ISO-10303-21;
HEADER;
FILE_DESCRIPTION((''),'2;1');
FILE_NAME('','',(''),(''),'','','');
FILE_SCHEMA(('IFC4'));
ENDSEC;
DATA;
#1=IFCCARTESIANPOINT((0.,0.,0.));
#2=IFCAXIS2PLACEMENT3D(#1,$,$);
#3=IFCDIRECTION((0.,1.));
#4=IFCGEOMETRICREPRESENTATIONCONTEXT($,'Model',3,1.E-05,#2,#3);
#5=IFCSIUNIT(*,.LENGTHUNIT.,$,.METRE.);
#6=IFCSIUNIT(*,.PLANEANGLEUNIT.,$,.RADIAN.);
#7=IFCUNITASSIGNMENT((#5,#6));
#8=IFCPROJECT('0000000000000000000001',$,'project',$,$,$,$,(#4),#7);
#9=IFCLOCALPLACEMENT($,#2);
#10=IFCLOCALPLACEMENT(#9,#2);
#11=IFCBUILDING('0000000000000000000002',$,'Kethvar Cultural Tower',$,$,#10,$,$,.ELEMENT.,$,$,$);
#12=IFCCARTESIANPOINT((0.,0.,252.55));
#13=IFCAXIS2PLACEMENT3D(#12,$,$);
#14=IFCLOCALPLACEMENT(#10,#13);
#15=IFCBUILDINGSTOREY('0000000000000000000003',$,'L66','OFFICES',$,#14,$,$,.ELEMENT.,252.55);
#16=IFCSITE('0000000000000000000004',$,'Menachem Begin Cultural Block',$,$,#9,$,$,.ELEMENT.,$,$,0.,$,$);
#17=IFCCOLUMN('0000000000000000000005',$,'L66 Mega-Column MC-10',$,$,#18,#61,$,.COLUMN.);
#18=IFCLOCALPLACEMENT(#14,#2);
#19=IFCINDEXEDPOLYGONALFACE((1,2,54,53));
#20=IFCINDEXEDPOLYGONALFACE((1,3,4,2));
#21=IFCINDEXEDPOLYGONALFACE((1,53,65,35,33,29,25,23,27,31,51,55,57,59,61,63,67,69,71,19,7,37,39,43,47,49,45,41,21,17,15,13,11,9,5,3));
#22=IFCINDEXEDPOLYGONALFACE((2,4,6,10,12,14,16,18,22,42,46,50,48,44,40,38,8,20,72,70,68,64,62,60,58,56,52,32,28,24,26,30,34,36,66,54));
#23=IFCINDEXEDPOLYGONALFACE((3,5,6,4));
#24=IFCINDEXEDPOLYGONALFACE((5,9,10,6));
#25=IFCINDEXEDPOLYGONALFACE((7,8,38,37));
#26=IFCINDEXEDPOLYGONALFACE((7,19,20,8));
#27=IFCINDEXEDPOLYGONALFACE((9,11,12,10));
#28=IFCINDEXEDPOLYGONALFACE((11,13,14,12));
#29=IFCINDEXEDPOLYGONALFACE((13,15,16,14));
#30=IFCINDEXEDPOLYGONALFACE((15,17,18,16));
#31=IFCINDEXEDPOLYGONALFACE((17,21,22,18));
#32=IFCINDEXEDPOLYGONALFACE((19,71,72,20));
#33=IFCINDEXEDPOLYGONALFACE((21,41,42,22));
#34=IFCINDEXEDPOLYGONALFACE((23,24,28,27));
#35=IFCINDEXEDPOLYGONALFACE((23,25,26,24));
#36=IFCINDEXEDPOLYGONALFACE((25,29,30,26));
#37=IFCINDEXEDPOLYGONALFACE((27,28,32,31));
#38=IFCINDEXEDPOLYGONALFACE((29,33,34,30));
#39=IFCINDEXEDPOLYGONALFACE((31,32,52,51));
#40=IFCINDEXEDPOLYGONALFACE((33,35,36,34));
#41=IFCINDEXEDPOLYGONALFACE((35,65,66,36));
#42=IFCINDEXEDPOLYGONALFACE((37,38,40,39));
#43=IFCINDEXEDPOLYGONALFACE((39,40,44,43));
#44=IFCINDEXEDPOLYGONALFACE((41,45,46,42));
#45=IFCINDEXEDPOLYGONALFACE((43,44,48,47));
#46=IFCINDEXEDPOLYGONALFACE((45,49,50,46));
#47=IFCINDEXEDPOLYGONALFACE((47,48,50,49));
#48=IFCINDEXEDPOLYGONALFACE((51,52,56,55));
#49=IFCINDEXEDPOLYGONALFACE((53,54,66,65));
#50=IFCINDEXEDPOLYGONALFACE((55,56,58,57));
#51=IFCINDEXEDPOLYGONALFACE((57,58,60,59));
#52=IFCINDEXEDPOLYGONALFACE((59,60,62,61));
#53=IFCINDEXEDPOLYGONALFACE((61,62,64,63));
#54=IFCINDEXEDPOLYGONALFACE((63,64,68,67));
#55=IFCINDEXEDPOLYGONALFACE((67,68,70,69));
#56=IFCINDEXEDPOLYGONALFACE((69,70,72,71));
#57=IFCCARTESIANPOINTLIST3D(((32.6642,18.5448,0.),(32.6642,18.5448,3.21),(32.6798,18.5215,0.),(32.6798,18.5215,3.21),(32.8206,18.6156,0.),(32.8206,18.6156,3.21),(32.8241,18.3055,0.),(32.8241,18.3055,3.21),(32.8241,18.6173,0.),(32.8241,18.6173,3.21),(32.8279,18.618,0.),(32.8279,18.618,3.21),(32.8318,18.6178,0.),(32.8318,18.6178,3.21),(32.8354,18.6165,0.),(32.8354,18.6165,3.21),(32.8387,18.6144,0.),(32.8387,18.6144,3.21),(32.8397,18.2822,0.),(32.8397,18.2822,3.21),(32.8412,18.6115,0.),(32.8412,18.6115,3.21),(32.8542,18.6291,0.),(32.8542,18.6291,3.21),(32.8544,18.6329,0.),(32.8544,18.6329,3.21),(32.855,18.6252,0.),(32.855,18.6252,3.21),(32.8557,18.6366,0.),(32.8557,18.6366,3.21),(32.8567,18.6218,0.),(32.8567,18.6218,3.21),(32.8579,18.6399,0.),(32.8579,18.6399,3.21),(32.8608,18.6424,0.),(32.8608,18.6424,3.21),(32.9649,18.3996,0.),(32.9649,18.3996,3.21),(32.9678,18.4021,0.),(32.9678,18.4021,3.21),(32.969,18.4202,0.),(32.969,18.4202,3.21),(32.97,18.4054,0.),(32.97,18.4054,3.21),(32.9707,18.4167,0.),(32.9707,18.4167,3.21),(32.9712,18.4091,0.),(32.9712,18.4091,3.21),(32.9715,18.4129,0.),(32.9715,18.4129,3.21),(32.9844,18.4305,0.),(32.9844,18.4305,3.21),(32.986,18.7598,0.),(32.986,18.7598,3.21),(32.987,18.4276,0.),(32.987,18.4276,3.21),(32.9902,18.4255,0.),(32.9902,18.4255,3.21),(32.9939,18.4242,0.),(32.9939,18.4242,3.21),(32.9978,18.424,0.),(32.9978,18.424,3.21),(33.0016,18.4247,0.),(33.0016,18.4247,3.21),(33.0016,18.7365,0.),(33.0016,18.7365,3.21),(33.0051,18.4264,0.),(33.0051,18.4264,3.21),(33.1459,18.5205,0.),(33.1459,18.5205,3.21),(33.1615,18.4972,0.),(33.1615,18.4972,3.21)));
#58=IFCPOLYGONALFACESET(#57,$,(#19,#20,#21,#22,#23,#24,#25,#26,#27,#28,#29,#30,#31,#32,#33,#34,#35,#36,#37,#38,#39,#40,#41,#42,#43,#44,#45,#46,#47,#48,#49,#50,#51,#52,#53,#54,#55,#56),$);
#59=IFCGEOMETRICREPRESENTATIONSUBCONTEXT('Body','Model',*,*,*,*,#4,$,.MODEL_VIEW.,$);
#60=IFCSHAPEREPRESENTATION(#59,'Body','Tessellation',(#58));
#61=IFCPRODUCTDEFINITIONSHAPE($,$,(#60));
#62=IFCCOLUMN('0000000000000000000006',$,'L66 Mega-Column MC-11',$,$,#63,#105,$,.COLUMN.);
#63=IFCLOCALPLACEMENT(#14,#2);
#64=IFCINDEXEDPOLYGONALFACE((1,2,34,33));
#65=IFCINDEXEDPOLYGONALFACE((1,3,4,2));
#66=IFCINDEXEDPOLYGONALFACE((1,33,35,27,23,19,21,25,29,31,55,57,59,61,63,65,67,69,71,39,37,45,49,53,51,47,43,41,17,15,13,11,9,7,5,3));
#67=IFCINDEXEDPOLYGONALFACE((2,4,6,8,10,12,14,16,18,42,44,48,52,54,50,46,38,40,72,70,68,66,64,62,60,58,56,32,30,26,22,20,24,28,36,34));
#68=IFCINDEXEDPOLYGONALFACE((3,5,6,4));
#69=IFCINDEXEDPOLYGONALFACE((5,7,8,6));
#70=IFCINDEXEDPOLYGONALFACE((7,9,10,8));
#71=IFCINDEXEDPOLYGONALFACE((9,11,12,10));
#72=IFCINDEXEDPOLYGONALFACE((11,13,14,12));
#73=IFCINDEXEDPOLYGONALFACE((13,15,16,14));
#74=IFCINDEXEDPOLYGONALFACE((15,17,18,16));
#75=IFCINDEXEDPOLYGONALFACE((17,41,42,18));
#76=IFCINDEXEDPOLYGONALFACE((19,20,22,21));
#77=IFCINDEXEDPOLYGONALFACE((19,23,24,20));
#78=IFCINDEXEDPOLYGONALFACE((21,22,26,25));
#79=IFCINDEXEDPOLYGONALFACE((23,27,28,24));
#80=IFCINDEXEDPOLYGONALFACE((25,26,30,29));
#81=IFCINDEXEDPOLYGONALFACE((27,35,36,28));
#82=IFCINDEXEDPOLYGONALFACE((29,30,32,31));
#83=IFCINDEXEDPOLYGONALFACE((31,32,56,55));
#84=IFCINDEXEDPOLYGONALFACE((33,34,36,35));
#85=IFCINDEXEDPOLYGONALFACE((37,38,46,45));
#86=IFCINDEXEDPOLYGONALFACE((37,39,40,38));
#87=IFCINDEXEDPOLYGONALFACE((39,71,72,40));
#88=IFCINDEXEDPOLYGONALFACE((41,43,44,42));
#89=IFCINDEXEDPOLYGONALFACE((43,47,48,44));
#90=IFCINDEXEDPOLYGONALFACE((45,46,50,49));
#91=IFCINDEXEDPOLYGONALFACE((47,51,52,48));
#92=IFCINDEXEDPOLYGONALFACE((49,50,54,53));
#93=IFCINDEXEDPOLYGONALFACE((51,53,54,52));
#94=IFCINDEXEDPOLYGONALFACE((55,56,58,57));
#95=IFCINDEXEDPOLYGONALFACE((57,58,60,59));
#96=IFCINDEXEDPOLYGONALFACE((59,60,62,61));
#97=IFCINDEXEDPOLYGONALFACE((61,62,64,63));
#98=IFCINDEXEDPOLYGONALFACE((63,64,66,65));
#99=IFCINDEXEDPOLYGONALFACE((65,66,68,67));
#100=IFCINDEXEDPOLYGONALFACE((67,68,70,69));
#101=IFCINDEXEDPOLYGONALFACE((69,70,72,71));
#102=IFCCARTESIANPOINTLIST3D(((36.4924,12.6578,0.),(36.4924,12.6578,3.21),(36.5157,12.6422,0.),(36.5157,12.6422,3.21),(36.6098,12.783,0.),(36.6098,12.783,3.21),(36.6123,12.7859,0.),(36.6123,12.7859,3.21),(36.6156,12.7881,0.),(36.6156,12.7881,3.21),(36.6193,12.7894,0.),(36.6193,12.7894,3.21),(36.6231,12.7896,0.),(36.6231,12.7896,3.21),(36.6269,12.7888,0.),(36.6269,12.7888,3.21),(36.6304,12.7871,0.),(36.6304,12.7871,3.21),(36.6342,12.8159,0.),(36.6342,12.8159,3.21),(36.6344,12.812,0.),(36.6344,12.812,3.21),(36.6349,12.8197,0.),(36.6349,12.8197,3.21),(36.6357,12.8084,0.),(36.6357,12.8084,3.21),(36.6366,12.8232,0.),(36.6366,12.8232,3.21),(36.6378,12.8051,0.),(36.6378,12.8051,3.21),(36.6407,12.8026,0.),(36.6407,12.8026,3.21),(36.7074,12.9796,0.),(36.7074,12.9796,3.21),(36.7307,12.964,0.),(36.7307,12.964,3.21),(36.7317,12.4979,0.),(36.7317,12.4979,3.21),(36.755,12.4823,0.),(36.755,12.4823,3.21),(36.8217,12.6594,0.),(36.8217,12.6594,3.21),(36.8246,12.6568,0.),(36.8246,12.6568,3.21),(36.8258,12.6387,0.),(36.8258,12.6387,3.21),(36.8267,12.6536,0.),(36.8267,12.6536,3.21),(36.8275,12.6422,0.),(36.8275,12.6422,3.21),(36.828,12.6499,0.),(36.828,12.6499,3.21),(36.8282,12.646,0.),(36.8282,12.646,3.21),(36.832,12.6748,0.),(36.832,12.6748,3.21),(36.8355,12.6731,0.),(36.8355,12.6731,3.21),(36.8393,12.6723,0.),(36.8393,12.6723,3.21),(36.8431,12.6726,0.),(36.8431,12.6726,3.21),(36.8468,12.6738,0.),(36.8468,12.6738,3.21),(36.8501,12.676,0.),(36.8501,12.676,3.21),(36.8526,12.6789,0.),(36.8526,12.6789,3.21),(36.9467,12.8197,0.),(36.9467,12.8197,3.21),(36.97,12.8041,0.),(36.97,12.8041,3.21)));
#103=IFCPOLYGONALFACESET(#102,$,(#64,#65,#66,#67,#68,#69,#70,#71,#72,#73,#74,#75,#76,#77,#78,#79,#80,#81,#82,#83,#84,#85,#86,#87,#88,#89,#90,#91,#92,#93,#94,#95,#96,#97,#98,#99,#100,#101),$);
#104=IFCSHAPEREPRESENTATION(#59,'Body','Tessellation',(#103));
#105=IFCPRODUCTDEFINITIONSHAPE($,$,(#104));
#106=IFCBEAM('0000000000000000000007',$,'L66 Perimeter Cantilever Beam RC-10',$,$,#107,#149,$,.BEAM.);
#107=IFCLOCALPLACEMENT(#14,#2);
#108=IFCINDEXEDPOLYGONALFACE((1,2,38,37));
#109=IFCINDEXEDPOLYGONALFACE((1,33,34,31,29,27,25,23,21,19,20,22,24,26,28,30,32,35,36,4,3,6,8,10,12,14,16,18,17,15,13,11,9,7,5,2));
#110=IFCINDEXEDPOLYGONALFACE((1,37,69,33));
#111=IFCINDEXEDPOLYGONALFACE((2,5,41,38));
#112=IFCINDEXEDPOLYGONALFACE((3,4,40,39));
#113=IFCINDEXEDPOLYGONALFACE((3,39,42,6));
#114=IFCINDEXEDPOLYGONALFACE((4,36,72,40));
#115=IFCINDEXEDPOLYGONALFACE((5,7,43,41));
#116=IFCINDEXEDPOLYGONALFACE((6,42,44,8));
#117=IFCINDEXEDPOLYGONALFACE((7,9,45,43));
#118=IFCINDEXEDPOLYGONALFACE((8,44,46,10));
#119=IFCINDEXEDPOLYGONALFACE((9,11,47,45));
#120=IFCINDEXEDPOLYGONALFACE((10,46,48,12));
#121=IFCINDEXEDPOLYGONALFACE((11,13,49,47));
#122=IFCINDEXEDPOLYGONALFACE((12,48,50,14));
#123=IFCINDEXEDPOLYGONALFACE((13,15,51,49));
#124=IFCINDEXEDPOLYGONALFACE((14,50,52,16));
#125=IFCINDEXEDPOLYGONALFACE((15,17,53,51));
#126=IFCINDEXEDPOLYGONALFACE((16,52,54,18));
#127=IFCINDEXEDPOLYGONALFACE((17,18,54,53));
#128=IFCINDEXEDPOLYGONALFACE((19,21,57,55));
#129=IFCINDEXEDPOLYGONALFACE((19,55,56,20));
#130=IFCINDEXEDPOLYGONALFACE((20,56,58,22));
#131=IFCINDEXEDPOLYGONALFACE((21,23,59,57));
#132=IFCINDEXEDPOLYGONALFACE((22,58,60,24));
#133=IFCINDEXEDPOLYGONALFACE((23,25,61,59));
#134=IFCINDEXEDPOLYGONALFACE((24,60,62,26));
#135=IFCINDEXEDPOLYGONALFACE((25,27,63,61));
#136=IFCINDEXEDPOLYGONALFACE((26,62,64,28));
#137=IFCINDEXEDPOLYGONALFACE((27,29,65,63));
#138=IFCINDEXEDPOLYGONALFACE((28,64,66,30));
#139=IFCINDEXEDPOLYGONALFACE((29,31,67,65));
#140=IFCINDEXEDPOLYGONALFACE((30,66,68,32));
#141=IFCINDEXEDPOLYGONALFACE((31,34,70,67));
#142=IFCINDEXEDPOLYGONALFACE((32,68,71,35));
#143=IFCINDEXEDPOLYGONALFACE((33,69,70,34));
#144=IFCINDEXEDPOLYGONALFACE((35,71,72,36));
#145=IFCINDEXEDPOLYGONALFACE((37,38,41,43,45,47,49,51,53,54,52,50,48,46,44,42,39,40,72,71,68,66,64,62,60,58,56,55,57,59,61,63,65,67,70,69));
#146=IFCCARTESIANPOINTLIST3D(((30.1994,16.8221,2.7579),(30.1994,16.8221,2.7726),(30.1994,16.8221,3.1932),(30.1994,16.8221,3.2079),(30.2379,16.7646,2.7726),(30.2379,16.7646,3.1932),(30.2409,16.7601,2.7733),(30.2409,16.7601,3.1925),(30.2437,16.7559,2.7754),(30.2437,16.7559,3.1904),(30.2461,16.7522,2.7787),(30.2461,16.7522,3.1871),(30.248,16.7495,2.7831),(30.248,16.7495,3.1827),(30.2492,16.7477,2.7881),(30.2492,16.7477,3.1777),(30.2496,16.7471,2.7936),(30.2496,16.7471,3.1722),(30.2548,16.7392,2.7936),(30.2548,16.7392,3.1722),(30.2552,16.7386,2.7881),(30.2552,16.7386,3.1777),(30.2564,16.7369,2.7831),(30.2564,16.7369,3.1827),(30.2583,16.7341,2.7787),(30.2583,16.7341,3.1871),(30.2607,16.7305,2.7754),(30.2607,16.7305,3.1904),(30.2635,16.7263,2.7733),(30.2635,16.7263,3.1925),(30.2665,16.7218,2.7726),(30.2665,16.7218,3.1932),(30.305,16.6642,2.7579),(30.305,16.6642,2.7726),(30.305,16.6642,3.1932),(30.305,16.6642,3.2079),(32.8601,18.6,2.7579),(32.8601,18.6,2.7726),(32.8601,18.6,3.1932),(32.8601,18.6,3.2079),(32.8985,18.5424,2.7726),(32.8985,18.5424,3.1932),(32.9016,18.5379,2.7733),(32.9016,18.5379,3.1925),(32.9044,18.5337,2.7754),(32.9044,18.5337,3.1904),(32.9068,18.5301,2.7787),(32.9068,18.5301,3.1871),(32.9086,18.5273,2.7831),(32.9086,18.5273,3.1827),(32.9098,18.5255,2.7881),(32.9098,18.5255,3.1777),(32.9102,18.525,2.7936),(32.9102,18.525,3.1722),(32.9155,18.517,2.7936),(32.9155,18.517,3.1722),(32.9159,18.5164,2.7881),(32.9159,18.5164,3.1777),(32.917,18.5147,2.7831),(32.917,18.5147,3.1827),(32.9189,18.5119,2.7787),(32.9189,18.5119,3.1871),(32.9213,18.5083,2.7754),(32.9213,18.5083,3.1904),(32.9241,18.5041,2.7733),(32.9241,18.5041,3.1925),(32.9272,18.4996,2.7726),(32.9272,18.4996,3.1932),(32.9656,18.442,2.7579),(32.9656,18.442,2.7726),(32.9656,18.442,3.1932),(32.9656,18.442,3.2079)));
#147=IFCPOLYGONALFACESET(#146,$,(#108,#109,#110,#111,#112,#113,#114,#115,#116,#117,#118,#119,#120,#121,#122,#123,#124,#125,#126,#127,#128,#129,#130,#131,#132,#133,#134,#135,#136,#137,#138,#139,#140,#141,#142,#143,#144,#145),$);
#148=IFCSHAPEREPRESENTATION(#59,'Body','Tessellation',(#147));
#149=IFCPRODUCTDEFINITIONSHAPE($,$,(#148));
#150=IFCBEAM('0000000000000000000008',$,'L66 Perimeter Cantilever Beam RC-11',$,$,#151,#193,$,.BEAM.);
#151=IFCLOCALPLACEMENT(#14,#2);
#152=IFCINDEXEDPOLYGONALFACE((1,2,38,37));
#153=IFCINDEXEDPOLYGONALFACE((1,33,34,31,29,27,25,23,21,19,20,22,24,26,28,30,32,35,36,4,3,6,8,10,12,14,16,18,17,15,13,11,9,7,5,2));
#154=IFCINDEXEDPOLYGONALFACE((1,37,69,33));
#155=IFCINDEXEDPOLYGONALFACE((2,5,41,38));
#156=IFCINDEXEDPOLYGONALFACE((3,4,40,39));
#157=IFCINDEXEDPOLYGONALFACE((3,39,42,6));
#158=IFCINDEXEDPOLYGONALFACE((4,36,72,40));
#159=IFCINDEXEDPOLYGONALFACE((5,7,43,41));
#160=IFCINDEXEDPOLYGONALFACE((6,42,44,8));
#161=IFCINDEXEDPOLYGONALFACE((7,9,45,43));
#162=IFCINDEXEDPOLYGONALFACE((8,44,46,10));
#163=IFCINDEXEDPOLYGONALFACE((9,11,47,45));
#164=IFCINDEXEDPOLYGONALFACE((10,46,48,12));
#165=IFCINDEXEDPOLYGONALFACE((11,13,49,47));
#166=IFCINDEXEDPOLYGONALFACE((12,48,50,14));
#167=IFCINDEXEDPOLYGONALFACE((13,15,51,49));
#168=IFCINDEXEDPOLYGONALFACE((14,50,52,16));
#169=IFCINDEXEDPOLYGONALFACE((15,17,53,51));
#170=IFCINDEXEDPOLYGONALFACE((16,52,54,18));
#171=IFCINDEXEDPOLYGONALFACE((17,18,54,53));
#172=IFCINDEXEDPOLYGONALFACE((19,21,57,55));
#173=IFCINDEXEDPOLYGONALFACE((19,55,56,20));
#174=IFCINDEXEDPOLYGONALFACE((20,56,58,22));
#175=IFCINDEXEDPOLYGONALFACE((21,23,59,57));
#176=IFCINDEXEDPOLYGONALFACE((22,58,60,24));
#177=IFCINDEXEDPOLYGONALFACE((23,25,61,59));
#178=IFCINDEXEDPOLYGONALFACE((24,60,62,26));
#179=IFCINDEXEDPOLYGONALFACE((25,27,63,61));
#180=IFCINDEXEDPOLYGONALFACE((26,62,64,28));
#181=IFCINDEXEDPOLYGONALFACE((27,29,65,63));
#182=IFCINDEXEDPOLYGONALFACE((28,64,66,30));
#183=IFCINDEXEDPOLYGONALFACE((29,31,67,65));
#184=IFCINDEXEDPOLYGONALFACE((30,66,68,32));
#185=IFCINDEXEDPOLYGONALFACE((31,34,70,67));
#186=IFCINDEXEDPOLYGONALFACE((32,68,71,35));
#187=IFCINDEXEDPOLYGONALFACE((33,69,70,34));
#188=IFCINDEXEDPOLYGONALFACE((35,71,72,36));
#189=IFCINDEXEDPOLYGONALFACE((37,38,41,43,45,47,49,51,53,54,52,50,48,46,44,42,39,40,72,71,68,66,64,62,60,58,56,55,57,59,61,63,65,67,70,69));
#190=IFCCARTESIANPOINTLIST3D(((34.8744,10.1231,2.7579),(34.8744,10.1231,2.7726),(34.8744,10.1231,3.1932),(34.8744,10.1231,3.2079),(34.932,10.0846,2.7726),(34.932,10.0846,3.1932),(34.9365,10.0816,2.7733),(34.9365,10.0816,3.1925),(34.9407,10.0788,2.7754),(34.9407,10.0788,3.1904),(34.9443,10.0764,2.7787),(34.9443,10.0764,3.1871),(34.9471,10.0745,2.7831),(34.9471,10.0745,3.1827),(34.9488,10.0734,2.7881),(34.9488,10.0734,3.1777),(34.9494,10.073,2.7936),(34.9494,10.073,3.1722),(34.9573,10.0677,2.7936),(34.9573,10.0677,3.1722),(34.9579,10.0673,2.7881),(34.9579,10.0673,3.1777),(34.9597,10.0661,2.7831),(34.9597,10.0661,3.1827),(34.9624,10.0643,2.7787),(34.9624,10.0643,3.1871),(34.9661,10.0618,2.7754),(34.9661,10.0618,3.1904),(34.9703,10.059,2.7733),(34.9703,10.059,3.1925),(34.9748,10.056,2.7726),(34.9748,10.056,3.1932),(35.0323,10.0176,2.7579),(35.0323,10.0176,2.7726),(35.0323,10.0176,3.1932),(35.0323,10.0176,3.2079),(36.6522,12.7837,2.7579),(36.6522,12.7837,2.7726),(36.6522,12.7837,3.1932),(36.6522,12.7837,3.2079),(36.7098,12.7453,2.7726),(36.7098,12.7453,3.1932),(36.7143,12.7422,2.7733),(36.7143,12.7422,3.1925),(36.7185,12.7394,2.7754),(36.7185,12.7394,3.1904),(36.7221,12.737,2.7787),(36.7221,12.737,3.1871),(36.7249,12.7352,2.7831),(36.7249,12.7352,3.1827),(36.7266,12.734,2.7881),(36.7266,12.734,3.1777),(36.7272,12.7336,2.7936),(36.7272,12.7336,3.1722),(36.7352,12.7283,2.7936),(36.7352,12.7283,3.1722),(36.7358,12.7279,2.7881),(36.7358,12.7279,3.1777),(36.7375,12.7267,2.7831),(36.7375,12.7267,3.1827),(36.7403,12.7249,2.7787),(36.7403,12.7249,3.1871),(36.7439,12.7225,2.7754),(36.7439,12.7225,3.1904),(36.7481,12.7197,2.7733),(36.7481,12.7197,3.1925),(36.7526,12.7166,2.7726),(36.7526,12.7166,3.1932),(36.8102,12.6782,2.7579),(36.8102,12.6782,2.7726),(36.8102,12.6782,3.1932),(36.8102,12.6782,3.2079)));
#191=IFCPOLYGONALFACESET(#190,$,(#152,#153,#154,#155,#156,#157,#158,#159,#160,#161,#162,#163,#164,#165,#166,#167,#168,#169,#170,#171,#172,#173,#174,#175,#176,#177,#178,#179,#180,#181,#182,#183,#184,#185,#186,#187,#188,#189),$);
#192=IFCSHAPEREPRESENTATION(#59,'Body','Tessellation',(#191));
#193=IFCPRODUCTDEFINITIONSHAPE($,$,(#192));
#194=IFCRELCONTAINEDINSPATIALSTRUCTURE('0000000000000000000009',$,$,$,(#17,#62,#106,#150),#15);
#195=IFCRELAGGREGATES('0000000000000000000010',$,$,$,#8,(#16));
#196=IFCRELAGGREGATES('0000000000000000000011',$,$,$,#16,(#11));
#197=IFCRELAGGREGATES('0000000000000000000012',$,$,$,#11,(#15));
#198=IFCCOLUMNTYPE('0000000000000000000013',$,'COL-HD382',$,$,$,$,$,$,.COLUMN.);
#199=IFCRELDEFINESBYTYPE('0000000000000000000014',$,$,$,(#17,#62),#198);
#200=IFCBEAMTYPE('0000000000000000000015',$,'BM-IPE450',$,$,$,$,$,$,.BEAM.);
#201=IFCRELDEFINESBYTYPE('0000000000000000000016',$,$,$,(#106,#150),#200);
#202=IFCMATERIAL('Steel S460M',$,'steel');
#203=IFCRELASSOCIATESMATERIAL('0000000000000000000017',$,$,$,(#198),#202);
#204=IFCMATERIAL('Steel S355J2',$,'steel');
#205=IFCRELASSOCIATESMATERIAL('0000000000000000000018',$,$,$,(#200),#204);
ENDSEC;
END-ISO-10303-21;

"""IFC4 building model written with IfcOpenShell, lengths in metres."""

from ifc_helpers import new_model, si_unit, direction, frame, origin, origin_2d, place, context, subcontext, project, spatial, i_section, extrude, source, transform, mapped, material, material_profile, profile_set, type_object, element, save


model = new_model("IFC4")

# Units and contexts
model_context = context("Model", 3, precision=1e-05, world=origin(), true_north=direction((0.0, 1.0)))
body_context = subcontext(model_context, "Body", "Model", "MODEL_VIEW")
ifc_project = project(units=[si_unit("LENGTHUNIT", "METRE"), si_unit("PLANEANGLEUNIT", "RADIAN")], contexts=[model_context])

# Site, building, storey
site_placement = place(None, origin())
site = spatial("IfcSite", under=ifc_project, at=site_placement, Name="Menachem Begin Cultural Block", CompositionType="ELEMENT", RefElevation=0.0)
building_placement = place(site_placement, origin())
building = spatial("IfcBuilding", under=site, at=building_placement, Name="Kethvar Cultural Tower", CompositionType="ELEMENT")
storey_placement = place(building_placement, frame((0.0, 0.0, 252.55)))
storey = spatial("IfcBuildingStorey", under=building, at=storey_placement, Name="L66", Description="OFFICES", CompositionType="ELEMENT", Elevation=252.55)

# Columns
ifc_material_1 = material(Name="Steel S460M", Category="steel")
ifc_material_profile_1 = material_profile(ifc_material_1, i_section(OverallWidth=0.387, OverallDepth=0.3159, WebThickness=0.0186, FlangeThickness=0.0281, FilletRadius=0.0149, at=origin_2d()), Name="Steel S460M — HD400x382")
ifc_profile_set_1 = profile_set([ifc_material_profile_1], Name="Steel S460M — HD400x382")
column_type = type_object("IfcColumnType", Name="COL-HD382", PredefinedType="COLUMN", material=ifc_profile_set_1)
shared_shape_1 = source(origin(), body_context, "Body", "SweptSolid", [
    extrude(i_section(OverallWidth=0.387, OverallDepth=0.3159, WebThickness=0.0186, FlangeThickness=0.0281, FilletRadius=0.0149, at=origin_2d()), origin(), (0.0, 0.0, 1.0), 3.21),
])
for number, where, z_axis, x_axis, name in (
    (1, (32.9128, 18.521, 0.0), (0.0, 0.0, 1.0), (-0.83147, -0.55557, 0.0), "L66 Mega-Column MC-10"),
    (2, (36.7312, 12.731, 0.0), (0.0, 0.0, 1.0), (-0.55557, -0.83147, 0.0), "L66 Mega-Column MC-11"),
):
    element("IfcColumn", number, at=place(storey_placement, frame(where, z_axis=z_axis, x_axis=x_axis)), inside=storey, type_object=column_type, Name=name, PredefinedType="COLUMN", context=body_context, shape_type="MappedRepresentation", body=[
        mapped(shared_shape_1, transform((0.0, 0.0, 0.0), scale=1.0)),
    ])

# Beams
ifc_material_2 = material(Name="Steel S355J2", Category="steel")
ifc_material_profile_2 = material_profile(ifc_material_2, i_section(OverallWidth=0.1899, OverallDepth=0.45, WebThickness=0.0095, FlangeThickness=0.0146, FilletRadius=0.021, at=origin_2d()), Name="Steel S355J2 — IPE450")
ifc_profile_set_2 = profile_set([ifc_material_profile_2], Name="Steel S355J2 — IPE450")
beam_type_1 = type_object("IfcBeamType", Name="BM-IPE450", PredefinedType="BEAM", material=ifc_profile_set_2)
shared_shape_2 = source(origin(), body_context, "Body", "SweptSolid", [
    extrude(i_section(OverallWidth=0.1899, OverallDepth=0.45, WebThickness=0.0095, FlangeThickness=0.0146, FilletRadius=0.021, at=origin_2d()), origin(), (0.0, 0.0, 1.0), 3.2),
])
for number, where, z_axis, x_axis, name in (
    (3, (32.9128, 18.521, 2.9829), (-0.831463, -0.55558, 0.0), (0.55558, -0.831463, 0.0), "L66 Perimeter Cantilever Beam RC-10"),
    (4, (36.7312, 12.731, 2.9829), (-0.55558, -0.831463, 0.0), (0.831463, -0.55558, 0.0), "L66 Perimeter Cantilever Beam RC-11"),
):
    element("IfcBeam", number, at=place(storey_placement, frame(where, z_axis=z_axis, x_axis=x_axis)), inside=storey, type_object=beam_type_1, Name=name, PredefinedType="BEAM", context=body_context, shape_type="MappedRepresentation", body=[
        mapped(shared_shape_2, transform((0.0, 0.0, 0.0), scale=1.0)),
    ])

save(model, "model.ifc")
